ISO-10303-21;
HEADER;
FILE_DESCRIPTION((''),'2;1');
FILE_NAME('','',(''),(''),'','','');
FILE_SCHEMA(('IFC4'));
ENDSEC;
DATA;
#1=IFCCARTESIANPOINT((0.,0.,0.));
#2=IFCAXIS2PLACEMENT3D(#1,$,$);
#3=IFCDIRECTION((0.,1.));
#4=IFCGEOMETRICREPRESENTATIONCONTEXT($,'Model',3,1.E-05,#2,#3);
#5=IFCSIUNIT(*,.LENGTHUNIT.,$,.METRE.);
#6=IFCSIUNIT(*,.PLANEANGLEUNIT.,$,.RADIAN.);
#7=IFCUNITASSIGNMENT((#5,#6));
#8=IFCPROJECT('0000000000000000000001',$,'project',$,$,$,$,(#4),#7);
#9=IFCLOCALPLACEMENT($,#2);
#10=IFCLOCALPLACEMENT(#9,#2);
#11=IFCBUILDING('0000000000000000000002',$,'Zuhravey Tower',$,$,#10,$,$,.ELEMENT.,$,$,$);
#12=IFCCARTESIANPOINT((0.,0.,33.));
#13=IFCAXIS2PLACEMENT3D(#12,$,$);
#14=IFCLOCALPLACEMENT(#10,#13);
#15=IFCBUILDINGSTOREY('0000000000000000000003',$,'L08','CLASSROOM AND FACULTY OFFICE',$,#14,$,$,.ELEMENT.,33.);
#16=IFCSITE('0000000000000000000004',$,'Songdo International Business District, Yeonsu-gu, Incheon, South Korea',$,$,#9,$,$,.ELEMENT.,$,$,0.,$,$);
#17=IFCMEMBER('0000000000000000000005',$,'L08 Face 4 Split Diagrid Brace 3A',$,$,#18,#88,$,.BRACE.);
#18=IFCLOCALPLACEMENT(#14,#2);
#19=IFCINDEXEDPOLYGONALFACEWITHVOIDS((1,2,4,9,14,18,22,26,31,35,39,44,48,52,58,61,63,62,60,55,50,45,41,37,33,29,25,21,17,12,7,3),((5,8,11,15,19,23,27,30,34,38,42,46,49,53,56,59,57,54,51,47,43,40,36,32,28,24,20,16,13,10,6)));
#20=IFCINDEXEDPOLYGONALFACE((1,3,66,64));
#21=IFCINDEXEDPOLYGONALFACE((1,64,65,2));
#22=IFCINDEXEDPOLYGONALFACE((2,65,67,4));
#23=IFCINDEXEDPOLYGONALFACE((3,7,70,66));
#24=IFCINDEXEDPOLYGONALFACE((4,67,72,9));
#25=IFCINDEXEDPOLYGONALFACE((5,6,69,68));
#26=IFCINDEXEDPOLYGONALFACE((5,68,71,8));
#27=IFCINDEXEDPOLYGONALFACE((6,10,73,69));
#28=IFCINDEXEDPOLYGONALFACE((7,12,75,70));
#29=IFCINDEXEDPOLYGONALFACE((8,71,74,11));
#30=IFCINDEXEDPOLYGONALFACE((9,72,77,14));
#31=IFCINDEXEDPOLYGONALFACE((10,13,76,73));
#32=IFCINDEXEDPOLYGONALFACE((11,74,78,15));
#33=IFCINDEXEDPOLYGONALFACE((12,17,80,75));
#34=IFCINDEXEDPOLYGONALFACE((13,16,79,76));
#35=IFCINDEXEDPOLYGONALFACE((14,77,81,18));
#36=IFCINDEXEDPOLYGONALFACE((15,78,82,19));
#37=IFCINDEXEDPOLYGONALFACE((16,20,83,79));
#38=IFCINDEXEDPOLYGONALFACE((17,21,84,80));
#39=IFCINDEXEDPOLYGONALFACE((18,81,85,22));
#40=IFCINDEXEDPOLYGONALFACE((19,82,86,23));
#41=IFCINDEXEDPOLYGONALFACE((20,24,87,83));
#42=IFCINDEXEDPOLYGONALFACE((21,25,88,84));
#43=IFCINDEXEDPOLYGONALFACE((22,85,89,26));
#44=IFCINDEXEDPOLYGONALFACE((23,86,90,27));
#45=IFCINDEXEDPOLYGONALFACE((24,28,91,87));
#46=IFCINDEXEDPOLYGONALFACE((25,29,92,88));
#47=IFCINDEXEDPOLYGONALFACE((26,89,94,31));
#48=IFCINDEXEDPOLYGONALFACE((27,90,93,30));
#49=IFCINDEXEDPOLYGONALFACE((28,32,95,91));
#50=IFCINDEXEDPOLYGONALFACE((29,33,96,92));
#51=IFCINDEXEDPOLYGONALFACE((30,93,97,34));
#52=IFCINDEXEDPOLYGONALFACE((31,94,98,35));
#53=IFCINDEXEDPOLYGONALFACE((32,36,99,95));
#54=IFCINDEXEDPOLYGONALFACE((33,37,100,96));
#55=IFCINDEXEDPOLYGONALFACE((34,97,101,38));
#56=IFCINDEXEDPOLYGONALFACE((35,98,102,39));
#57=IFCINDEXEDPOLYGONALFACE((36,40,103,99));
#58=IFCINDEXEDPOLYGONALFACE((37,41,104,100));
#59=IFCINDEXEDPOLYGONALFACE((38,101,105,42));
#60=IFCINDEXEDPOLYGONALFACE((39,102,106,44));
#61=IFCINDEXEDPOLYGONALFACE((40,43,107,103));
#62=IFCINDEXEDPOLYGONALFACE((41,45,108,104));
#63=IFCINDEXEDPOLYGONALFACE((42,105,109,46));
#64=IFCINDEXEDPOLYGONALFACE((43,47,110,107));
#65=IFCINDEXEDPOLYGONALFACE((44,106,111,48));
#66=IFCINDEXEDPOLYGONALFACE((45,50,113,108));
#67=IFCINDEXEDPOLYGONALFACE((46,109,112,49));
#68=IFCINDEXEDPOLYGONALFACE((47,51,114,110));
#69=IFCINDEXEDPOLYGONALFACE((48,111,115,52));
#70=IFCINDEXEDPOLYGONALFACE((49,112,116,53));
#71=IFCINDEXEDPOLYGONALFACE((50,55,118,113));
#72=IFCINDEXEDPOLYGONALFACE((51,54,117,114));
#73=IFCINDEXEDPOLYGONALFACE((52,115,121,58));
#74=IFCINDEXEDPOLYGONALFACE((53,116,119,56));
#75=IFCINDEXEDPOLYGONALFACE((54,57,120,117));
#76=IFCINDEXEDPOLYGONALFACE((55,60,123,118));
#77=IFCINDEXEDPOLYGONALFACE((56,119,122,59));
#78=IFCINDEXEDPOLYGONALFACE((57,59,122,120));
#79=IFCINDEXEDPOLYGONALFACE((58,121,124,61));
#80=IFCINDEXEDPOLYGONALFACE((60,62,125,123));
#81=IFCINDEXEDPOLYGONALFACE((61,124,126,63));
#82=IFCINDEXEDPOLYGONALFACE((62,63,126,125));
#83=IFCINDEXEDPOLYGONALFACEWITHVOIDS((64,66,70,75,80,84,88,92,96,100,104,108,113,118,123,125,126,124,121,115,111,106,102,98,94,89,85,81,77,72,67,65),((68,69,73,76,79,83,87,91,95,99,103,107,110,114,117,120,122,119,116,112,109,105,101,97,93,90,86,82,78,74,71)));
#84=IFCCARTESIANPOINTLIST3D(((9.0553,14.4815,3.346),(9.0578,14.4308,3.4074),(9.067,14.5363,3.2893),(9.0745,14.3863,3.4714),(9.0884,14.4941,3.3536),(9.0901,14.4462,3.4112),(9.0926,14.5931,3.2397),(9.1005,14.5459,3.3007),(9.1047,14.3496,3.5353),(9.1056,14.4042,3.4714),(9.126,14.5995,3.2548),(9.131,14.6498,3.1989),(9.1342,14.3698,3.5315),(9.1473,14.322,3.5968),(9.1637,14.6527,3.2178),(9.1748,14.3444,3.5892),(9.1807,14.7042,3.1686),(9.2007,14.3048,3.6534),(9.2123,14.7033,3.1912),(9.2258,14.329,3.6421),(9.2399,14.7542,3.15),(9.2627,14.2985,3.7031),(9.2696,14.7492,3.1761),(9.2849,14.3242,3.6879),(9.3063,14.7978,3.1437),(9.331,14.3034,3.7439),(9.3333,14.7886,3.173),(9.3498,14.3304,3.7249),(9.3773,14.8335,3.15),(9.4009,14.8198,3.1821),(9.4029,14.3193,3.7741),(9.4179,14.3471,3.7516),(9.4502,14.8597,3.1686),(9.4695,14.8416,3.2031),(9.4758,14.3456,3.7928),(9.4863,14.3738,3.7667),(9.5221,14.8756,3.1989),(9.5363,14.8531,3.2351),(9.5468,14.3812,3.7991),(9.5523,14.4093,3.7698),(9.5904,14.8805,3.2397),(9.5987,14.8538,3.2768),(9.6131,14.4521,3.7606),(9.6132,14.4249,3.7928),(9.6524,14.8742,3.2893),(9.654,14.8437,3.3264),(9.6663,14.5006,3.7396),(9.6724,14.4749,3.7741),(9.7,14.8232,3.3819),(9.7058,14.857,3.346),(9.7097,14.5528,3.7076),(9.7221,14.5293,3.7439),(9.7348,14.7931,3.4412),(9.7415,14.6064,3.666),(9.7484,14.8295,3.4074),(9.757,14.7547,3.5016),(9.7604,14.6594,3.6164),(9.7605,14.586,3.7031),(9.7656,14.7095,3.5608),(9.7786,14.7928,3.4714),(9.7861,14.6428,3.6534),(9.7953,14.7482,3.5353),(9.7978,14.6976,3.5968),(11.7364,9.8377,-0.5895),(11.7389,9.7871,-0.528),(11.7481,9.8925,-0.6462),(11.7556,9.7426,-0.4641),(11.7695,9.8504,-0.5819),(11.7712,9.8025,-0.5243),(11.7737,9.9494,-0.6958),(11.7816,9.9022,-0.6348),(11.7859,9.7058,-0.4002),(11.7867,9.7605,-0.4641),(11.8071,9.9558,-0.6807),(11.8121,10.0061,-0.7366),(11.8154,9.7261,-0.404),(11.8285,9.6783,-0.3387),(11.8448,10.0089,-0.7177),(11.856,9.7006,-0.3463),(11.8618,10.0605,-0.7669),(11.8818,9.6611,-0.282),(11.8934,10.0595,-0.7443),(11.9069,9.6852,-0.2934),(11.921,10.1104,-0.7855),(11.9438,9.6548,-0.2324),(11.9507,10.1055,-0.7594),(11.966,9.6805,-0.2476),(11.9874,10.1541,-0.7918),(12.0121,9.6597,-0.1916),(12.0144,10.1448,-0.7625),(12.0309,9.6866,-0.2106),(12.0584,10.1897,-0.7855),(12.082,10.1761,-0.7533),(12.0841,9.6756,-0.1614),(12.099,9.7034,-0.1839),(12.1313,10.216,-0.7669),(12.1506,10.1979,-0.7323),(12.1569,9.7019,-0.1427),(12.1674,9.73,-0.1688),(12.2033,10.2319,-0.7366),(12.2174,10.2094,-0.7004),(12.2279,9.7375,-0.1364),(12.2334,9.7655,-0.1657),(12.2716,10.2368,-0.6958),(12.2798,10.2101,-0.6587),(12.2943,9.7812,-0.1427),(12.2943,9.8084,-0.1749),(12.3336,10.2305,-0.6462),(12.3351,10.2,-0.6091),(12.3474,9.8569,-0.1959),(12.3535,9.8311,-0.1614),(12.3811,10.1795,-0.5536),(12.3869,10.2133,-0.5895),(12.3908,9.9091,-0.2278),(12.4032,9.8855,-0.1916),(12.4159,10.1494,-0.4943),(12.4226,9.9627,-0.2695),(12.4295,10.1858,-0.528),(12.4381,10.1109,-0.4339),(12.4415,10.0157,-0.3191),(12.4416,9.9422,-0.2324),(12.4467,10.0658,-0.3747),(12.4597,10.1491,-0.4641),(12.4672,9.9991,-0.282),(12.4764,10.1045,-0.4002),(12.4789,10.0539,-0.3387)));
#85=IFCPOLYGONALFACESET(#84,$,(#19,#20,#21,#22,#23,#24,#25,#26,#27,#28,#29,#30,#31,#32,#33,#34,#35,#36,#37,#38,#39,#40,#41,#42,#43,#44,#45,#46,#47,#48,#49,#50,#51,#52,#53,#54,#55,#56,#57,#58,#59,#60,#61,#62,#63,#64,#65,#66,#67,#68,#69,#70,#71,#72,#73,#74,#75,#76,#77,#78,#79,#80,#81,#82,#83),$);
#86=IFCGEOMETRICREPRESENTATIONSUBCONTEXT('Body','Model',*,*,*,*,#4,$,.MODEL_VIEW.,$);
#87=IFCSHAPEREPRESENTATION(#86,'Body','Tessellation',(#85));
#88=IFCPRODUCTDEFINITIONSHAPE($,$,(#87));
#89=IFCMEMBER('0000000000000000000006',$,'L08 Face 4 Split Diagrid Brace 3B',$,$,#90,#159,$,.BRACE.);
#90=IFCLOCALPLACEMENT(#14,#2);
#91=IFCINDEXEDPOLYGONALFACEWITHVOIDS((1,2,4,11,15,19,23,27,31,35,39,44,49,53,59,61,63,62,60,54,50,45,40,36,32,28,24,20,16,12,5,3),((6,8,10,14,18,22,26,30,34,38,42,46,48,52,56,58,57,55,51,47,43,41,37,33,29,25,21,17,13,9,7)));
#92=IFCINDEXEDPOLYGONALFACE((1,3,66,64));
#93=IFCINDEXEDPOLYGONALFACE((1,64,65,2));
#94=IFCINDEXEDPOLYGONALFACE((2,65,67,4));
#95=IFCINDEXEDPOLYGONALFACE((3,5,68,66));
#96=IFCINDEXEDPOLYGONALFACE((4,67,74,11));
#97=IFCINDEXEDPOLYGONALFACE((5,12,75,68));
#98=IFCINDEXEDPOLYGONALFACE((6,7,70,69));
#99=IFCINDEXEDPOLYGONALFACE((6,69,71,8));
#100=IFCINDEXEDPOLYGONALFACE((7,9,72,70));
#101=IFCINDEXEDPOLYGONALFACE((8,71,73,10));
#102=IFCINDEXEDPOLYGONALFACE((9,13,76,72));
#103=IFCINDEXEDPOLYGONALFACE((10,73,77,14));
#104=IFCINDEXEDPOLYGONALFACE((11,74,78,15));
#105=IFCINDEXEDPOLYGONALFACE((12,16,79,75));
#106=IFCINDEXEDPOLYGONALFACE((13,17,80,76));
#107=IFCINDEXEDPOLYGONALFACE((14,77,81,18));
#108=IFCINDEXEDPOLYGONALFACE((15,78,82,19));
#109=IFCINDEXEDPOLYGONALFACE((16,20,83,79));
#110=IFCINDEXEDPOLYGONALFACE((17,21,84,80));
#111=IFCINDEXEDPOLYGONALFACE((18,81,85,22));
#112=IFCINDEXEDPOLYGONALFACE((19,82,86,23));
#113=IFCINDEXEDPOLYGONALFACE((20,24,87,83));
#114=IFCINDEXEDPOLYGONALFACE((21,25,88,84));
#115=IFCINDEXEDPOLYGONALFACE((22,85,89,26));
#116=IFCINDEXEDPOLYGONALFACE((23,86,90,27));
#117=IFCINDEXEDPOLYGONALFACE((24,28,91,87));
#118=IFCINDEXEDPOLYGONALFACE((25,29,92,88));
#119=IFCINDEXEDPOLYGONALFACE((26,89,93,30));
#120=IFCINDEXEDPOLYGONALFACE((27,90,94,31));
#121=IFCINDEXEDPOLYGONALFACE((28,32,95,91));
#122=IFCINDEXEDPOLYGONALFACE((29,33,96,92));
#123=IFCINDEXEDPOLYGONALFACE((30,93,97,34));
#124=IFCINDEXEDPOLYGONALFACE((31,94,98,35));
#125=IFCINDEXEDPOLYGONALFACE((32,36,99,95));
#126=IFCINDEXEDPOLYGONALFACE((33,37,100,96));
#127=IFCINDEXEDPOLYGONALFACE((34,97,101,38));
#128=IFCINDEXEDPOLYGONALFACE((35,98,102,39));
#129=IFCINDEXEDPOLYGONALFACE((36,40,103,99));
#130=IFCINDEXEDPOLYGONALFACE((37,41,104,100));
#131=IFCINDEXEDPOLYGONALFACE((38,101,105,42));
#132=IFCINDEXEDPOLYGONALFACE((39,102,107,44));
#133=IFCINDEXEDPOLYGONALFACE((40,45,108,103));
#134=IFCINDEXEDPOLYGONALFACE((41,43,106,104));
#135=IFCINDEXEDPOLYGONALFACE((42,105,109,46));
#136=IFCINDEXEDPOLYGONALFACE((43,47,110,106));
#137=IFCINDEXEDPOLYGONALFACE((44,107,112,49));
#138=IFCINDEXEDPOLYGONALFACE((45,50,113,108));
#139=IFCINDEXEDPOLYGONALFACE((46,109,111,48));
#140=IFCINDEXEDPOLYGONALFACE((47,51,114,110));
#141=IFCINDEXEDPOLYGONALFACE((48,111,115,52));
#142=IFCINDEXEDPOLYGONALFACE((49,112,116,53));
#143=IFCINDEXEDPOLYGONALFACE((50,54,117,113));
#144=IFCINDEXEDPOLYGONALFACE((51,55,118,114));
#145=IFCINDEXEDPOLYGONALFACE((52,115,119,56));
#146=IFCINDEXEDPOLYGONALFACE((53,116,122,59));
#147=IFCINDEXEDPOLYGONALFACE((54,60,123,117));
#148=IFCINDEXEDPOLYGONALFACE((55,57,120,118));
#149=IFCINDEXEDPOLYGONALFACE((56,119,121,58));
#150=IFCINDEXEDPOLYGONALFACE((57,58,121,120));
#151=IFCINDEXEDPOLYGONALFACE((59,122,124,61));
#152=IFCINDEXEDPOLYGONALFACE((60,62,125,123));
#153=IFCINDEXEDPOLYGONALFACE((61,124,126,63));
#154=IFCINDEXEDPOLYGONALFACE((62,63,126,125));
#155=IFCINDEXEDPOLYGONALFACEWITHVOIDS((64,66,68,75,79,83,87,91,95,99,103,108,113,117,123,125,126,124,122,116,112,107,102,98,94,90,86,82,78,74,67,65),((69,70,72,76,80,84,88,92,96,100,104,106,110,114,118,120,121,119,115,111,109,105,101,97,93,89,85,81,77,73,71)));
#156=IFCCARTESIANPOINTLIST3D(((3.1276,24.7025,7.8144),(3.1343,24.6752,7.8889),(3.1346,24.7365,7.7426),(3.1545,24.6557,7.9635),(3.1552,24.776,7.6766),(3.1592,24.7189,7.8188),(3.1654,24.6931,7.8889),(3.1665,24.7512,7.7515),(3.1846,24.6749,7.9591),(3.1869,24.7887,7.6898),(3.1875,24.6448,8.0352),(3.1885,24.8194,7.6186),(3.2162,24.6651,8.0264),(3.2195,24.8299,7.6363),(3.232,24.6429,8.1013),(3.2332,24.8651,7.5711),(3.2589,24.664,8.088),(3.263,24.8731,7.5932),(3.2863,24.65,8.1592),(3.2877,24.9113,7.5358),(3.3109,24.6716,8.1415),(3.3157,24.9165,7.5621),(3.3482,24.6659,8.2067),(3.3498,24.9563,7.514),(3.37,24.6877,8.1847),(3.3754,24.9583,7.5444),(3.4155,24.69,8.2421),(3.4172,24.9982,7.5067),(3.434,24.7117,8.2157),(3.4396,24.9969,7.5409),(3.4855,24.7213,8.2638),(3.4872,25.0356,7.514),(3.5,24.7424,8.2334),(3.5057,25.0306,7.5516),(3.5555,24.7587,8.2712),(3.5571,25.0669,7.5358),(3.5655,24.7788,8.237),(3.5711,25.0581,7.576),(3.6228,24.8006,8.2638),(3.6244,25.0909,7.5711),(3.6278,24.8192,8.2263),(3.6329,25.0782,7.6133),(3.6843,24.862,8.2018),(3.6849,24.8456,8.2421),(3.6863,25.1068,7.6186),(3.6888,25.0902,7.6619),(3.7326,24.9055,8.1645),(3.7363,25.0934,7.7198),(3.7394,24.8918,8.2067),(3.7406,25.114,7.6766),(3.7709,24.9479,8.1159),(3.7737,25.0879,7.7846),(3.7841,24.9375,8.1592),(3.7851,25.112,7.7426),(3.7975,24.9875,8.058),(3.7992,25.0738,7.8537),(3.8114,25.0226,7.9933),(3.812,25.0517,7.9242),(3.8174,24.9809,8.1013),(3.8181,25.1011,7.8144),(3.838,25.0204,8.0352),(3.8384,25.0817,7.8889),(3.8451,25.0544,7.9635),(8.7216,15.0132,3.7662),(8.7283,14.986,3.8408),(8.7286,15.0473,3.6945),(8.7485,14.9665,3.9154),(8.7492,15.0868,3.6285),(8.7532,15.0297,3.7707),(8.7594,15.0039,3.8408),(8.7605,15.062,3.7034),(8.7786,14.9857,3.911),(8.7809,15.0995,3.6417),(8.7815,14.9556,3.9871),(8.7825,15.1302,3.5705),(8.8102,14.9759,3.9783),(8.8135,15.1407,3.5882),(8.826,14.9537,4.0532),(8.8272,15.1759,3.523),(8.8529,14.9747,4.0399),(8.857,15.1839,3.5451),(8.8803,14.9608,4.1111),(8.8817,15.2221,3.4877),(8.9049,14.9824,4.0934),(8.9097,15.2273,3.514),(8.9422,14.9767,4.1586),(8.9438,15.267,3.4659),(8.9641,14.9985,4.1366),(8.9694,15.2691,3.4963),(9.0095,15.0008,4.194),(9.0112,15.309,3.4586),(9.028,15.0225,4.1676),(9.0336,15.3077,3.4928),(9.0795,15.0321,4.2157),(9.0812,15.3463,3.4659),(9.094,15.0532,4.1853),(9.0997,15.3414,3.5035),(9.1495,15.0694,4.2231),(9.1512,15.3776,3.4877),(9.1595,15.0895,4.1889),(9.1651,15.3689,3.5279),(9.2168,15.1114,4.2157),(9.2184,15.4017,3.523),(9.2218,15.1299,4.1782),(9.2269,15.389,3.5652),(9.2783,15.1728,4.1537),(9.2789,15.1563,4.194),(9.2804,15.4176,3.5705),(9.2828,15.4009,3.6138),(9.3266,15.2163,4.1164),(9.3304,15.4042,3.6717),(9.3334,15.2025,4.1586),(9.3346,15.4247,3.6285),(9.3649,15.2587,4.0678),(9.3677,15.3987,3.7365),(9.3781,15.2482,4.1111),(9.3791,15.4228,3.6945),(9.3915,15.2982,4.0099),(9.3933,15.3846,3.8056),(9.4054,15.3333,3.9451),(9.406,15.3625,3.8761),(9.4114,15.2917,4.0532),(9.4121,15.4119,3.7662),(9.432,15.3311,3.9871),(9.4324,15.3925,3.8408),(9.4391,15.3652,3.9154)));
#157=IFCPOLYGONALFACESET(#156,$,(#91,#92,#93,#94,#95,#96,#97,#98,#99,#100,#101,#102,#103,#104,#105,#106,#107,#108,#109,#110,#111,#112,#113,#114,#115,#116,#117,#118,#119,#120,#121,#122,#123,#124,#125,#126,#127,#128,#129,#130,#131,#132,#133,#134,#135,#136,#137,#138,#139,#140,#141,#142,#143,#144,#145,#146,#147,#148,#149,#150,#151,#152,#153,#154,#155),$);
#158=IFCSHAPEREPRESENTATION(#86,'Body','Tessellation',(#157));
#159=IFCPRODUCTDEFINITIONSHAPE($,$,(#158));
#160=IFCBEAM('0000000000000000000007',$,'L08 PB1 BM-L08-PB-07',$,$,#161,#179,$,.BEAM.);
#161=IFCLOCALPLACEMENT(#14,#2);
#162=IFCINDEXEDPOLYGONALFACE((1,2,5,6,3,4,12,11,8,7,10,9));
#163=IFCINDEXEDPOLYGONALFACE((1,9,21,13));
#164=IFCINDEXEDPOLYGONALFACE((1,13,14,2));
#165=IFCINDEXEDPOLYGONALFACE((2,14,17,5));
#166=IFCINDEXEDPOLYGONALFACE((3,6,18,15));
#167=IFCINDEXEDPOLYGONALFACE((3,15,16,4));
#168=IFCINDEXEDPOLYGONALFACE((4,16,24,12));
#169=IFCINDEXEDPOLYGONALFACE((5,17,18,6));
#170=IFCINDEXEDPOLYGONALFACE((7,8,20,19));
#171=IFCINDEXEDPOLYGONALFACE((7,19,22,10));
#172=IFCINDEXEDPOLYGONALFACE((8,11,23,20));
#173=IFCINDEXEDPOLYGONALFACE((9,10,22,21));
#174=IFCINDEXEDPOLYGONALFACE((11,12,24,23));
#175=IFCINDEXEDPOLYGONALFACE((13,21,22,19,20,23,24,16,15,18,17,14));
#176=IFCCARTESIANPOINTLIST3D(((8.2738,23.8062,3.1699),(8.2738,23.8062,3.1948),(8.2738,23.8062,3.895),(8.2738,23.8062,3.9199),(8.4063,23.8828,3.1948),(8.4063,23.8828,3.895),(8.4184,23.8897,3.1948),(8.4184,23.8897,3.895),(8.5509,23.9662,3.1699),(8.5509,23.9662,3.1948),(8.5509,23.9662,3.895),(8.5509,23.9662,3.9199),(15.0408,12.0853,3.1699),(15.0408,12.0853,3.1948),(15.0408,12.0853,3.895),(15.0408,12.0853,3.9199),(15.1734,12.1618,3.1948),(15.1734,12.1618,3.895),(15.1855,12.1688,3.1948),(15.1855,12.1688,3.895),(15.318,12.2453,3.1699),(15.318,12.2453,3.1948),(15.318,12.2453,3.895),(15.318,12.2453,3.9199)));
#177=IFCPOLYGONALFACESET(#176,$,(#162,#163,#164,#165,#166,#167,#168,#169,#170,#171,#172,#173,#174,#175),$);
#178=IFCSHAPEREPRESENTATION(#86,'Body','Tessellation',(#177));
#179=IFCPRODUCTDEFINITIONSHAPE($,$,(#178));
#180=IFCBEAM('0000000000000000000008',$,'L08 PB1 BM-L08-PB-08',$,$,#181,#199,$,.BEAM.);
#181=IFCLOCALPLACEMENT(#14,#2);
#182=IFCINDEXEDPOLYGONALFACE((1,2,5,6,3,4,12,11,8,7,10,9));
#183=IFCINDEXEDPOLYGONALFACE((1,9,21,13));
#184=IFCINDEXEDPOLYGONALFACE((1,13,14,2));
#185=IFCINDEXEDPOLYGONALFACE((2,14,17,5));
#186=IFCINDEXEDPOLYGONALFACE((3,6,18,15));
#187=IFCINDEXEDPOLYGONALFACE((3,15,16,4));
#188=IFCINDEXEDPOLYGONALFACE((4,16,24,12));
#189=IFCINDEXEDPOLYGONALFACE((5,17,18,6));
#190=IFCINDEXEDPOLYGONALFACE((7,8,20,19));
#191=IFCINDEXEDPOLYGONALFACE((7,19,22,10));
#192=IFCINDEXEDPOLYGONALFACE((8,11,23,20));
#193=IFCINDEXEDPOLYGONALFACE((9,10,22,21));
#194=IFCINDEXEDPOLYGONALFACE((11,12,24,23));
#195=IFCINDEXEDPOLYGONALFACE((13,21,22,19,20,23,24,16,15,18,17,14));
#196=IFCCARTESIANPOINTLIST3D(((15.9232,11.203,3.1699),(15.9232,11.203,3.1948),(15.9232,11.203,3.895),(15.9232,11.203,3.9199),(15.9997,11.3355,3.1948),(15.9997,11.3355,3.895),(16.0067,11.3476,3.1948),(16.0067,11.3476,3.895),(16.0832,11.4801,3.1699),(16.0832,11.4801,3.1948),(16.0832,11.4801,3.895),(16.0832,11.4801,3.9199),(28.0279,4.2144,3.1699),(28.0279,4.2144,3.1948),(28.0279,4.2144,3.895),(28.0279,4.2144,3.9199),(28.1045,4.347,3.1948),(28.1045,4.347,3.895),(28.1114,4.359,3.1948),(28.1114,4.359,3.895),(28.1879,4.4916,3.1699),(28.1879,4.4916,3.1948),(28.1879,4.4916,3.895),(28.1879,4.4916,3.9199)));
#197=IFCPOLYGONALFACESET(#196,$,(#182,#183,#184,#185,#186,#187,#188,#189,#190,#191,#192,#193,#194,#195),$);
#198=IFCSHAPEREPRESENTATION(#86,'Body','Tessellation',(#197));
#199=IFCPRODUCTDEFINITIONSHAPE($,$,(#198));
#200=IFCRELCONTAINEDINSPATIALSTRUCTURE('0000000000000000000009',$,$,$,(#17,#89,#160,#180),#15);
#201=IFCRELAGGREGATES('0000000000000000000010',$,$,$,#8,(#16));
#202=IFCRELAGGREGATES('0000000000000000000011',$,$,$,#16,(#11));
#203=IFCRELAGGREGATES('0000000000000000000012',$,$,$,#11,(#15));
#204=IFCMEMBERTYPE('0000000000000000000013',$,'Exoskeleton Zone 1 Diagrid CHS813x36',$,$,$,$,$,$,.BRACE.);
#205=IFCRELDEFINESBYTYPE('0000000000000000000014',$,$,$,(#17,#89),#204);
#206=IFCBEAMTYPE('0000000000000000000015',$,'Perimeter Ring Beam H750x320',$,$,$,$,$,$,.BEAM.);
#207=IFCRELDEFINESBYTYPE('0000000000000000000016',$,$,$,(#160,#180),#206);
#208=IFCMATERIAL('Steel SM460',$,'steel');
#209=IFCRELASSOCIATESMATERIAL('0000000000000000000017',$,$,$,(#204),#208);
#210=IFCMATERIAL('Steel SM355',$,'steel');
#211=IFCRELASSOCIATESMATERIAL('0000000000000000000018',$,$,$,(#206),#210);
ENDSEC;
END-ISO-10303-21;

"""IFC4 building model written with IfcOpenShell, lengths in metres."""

from ifc_helpers import new_model, si_unit, direction, frame, origin, origin_2d, place, context, subcontext, project, spatial, hollow_circle, i_section, extrude, material, material_profile, profile_set, type_object, element, save


model = new_model("IFC4")

# Units and contexts
model_context = context("Model", 3, precision=1e-05, world=origin(), true_north=direction((0.0, 1.0)))
body_context = subcontext(model_context, "Body", "Model", "MODEL_VIEW")
ifc_project = project(units=[si_unit("LENGTHUNIT", "METRE"), si_unit("PLANEANGLEUNIT", "RADIAN")], contexts=[model_context])

# Site, building, storey
site_placement = place(None, origin())
site = spatial("IfcSite", under=ifc_project, at=site_placement, Name="Songdo International Business District, Yeonsu-gu, Incheon, South Korea", CompositionType="ELEMENT", RefElevation=0.0)
building_placement = place(site_placement, origin())
building = spatial("IfcBuilding", under=site, at=building_placement, Name="Zuhravey Tower", CompositionType="ELEMENT")
storey_placement = place(building_placement, frame((0.0, 0.0, 33.0)))
storey = spatial("IfcBuildingStorey", under=building, at=storey_placement, Name="L08", Description="CLASSROOM AND FACULTY OFFICE", CompositionType="ELEMENT", Elevation=33.0)

# Members
ifc_material_1 = material(Name="Steel SM355", Category="steel")
ifc_material_2 = material(Name="Steel SM460", Category="steel")
ifc_material_profile_1 = material_profile(ifc_material_2, hollow_circle(Radius=0.4065, WallThickness=0.0359, at=origin_2d()), Name="CHS-812.8x36")
ifc_profile_set_1 = profile_set([ifc_material_profile_1], Name="Steel SM460")
member_type_1 = type_object("IfcMemberType", Name="Exoskeleton Zone 1 Diagrid CHS813x36", PredefinedType="BRACE", material=ifc_profile_set_1)
member_1_placement = place(storey_placement, frame((12.1077, 9.9458, -0.4641), z_axis=(-0.403092, 0.698162, 0.591681), x_axis=(-0.866021, -0.500008, 0.0)))
element("IfcMember", 1, at=member_1_placement, inside=storey, type_object=member_type_1, Name="L08 Face 4 Split Diagrid Brace 3A", PredefinedType="BRACE", context=body_context, shape_type="SweptSolid", body=[
    extrude(hollow_circle(Radius=0.4065, WallThickness=0.0359, at=origin_2d()), origin(), (0.0, 0.0, 1.0), 6.6514),
])
member_2_placement = place(storey_placement, frame((9.0803, 15.1892, 3.8408), z_axis=(-0.470166, 0.814361, 0.340235), x_axis=(-0.866028, -0.499995, 0.0)))
element("IfcMember", 2, at=member_2_placement, inside=storey, type_object=member_type_1, Name="L08 Face 4 Split Diagrid Brace 3B", PredefinedType="BRACE", context=body_context, shape_type="SweptSolid", body=[
    extrude(hollow_circle(Radius=0.4065, WallThickness=0.0359, at=origin_2d()), origin(), (0.0, 0.0, 1.0), 11.8979),
])

# Beams
ifc_material_profile_2 = material_profile(ifc_material_1, i_section(OverallWidth=0.3201, OverallDepth=0.75, WebThickness=0.0139, FlangeThickness=0.0249, at=origin_2d()), Name="H-750x320x14x25")
ifc_profile_set_2 = profile_set([ifc_material_profile_2], Name="Steel SM355")
beam_type_1 = type_object("IfcBeamType", Name="Perimeter Ring Beam H750x320", PredefinedType="BEAM", material=ifc_profile_set_2)
beam_1_placement = place(storey_placement, frame((8.4124, 23.8862, 3.5449), z_axis=(0.5, -0.866025, 0.0), x_axis=(0.866025, 0.5, 0.0)))
element("IfcBeam", 3, at=beam_1_placement, inside=storey, type_object=beam_type_1, Name="L08 PB1 BM-L08-PB-07", PredefinedType="BEAM", context=body_context, shape_type="SweptSolid", body=[
    extrude(i_section(OverallWidth=0.3201, OverallDepth=0.75, WebThickness=0.0139, FlangeThickness=0.0249, at=origin_2d()), origin(), (0.0, 0.0, 1.0), 13.5342),
])
beam_2_placement = place(storey_placement, frame((16.0032, 11.3416, 3.5449), z_axis=(0.86603, -0.499992, 0.0), x_axis=(0.499992, 0.86603, 0.0)))
element("IfcBeam", 4, at=beam_2_placement, inside=storey, type_object=beam_type_1, Name="L08 PB1 BM-L08-PB-08", PredefinedType="BEAM", context=body_context, shape_type="SweptSolid", body=[
    extrude(i_section(OverallWidth=0.3201, OverallDepth=0.75, WebThickness=0.0139, FlangeThickness=0.0249, at=origin_2d()), origin(), (0.0, 0.0, 1.0), 13.9773),
])

save(model, "model.ifc")
